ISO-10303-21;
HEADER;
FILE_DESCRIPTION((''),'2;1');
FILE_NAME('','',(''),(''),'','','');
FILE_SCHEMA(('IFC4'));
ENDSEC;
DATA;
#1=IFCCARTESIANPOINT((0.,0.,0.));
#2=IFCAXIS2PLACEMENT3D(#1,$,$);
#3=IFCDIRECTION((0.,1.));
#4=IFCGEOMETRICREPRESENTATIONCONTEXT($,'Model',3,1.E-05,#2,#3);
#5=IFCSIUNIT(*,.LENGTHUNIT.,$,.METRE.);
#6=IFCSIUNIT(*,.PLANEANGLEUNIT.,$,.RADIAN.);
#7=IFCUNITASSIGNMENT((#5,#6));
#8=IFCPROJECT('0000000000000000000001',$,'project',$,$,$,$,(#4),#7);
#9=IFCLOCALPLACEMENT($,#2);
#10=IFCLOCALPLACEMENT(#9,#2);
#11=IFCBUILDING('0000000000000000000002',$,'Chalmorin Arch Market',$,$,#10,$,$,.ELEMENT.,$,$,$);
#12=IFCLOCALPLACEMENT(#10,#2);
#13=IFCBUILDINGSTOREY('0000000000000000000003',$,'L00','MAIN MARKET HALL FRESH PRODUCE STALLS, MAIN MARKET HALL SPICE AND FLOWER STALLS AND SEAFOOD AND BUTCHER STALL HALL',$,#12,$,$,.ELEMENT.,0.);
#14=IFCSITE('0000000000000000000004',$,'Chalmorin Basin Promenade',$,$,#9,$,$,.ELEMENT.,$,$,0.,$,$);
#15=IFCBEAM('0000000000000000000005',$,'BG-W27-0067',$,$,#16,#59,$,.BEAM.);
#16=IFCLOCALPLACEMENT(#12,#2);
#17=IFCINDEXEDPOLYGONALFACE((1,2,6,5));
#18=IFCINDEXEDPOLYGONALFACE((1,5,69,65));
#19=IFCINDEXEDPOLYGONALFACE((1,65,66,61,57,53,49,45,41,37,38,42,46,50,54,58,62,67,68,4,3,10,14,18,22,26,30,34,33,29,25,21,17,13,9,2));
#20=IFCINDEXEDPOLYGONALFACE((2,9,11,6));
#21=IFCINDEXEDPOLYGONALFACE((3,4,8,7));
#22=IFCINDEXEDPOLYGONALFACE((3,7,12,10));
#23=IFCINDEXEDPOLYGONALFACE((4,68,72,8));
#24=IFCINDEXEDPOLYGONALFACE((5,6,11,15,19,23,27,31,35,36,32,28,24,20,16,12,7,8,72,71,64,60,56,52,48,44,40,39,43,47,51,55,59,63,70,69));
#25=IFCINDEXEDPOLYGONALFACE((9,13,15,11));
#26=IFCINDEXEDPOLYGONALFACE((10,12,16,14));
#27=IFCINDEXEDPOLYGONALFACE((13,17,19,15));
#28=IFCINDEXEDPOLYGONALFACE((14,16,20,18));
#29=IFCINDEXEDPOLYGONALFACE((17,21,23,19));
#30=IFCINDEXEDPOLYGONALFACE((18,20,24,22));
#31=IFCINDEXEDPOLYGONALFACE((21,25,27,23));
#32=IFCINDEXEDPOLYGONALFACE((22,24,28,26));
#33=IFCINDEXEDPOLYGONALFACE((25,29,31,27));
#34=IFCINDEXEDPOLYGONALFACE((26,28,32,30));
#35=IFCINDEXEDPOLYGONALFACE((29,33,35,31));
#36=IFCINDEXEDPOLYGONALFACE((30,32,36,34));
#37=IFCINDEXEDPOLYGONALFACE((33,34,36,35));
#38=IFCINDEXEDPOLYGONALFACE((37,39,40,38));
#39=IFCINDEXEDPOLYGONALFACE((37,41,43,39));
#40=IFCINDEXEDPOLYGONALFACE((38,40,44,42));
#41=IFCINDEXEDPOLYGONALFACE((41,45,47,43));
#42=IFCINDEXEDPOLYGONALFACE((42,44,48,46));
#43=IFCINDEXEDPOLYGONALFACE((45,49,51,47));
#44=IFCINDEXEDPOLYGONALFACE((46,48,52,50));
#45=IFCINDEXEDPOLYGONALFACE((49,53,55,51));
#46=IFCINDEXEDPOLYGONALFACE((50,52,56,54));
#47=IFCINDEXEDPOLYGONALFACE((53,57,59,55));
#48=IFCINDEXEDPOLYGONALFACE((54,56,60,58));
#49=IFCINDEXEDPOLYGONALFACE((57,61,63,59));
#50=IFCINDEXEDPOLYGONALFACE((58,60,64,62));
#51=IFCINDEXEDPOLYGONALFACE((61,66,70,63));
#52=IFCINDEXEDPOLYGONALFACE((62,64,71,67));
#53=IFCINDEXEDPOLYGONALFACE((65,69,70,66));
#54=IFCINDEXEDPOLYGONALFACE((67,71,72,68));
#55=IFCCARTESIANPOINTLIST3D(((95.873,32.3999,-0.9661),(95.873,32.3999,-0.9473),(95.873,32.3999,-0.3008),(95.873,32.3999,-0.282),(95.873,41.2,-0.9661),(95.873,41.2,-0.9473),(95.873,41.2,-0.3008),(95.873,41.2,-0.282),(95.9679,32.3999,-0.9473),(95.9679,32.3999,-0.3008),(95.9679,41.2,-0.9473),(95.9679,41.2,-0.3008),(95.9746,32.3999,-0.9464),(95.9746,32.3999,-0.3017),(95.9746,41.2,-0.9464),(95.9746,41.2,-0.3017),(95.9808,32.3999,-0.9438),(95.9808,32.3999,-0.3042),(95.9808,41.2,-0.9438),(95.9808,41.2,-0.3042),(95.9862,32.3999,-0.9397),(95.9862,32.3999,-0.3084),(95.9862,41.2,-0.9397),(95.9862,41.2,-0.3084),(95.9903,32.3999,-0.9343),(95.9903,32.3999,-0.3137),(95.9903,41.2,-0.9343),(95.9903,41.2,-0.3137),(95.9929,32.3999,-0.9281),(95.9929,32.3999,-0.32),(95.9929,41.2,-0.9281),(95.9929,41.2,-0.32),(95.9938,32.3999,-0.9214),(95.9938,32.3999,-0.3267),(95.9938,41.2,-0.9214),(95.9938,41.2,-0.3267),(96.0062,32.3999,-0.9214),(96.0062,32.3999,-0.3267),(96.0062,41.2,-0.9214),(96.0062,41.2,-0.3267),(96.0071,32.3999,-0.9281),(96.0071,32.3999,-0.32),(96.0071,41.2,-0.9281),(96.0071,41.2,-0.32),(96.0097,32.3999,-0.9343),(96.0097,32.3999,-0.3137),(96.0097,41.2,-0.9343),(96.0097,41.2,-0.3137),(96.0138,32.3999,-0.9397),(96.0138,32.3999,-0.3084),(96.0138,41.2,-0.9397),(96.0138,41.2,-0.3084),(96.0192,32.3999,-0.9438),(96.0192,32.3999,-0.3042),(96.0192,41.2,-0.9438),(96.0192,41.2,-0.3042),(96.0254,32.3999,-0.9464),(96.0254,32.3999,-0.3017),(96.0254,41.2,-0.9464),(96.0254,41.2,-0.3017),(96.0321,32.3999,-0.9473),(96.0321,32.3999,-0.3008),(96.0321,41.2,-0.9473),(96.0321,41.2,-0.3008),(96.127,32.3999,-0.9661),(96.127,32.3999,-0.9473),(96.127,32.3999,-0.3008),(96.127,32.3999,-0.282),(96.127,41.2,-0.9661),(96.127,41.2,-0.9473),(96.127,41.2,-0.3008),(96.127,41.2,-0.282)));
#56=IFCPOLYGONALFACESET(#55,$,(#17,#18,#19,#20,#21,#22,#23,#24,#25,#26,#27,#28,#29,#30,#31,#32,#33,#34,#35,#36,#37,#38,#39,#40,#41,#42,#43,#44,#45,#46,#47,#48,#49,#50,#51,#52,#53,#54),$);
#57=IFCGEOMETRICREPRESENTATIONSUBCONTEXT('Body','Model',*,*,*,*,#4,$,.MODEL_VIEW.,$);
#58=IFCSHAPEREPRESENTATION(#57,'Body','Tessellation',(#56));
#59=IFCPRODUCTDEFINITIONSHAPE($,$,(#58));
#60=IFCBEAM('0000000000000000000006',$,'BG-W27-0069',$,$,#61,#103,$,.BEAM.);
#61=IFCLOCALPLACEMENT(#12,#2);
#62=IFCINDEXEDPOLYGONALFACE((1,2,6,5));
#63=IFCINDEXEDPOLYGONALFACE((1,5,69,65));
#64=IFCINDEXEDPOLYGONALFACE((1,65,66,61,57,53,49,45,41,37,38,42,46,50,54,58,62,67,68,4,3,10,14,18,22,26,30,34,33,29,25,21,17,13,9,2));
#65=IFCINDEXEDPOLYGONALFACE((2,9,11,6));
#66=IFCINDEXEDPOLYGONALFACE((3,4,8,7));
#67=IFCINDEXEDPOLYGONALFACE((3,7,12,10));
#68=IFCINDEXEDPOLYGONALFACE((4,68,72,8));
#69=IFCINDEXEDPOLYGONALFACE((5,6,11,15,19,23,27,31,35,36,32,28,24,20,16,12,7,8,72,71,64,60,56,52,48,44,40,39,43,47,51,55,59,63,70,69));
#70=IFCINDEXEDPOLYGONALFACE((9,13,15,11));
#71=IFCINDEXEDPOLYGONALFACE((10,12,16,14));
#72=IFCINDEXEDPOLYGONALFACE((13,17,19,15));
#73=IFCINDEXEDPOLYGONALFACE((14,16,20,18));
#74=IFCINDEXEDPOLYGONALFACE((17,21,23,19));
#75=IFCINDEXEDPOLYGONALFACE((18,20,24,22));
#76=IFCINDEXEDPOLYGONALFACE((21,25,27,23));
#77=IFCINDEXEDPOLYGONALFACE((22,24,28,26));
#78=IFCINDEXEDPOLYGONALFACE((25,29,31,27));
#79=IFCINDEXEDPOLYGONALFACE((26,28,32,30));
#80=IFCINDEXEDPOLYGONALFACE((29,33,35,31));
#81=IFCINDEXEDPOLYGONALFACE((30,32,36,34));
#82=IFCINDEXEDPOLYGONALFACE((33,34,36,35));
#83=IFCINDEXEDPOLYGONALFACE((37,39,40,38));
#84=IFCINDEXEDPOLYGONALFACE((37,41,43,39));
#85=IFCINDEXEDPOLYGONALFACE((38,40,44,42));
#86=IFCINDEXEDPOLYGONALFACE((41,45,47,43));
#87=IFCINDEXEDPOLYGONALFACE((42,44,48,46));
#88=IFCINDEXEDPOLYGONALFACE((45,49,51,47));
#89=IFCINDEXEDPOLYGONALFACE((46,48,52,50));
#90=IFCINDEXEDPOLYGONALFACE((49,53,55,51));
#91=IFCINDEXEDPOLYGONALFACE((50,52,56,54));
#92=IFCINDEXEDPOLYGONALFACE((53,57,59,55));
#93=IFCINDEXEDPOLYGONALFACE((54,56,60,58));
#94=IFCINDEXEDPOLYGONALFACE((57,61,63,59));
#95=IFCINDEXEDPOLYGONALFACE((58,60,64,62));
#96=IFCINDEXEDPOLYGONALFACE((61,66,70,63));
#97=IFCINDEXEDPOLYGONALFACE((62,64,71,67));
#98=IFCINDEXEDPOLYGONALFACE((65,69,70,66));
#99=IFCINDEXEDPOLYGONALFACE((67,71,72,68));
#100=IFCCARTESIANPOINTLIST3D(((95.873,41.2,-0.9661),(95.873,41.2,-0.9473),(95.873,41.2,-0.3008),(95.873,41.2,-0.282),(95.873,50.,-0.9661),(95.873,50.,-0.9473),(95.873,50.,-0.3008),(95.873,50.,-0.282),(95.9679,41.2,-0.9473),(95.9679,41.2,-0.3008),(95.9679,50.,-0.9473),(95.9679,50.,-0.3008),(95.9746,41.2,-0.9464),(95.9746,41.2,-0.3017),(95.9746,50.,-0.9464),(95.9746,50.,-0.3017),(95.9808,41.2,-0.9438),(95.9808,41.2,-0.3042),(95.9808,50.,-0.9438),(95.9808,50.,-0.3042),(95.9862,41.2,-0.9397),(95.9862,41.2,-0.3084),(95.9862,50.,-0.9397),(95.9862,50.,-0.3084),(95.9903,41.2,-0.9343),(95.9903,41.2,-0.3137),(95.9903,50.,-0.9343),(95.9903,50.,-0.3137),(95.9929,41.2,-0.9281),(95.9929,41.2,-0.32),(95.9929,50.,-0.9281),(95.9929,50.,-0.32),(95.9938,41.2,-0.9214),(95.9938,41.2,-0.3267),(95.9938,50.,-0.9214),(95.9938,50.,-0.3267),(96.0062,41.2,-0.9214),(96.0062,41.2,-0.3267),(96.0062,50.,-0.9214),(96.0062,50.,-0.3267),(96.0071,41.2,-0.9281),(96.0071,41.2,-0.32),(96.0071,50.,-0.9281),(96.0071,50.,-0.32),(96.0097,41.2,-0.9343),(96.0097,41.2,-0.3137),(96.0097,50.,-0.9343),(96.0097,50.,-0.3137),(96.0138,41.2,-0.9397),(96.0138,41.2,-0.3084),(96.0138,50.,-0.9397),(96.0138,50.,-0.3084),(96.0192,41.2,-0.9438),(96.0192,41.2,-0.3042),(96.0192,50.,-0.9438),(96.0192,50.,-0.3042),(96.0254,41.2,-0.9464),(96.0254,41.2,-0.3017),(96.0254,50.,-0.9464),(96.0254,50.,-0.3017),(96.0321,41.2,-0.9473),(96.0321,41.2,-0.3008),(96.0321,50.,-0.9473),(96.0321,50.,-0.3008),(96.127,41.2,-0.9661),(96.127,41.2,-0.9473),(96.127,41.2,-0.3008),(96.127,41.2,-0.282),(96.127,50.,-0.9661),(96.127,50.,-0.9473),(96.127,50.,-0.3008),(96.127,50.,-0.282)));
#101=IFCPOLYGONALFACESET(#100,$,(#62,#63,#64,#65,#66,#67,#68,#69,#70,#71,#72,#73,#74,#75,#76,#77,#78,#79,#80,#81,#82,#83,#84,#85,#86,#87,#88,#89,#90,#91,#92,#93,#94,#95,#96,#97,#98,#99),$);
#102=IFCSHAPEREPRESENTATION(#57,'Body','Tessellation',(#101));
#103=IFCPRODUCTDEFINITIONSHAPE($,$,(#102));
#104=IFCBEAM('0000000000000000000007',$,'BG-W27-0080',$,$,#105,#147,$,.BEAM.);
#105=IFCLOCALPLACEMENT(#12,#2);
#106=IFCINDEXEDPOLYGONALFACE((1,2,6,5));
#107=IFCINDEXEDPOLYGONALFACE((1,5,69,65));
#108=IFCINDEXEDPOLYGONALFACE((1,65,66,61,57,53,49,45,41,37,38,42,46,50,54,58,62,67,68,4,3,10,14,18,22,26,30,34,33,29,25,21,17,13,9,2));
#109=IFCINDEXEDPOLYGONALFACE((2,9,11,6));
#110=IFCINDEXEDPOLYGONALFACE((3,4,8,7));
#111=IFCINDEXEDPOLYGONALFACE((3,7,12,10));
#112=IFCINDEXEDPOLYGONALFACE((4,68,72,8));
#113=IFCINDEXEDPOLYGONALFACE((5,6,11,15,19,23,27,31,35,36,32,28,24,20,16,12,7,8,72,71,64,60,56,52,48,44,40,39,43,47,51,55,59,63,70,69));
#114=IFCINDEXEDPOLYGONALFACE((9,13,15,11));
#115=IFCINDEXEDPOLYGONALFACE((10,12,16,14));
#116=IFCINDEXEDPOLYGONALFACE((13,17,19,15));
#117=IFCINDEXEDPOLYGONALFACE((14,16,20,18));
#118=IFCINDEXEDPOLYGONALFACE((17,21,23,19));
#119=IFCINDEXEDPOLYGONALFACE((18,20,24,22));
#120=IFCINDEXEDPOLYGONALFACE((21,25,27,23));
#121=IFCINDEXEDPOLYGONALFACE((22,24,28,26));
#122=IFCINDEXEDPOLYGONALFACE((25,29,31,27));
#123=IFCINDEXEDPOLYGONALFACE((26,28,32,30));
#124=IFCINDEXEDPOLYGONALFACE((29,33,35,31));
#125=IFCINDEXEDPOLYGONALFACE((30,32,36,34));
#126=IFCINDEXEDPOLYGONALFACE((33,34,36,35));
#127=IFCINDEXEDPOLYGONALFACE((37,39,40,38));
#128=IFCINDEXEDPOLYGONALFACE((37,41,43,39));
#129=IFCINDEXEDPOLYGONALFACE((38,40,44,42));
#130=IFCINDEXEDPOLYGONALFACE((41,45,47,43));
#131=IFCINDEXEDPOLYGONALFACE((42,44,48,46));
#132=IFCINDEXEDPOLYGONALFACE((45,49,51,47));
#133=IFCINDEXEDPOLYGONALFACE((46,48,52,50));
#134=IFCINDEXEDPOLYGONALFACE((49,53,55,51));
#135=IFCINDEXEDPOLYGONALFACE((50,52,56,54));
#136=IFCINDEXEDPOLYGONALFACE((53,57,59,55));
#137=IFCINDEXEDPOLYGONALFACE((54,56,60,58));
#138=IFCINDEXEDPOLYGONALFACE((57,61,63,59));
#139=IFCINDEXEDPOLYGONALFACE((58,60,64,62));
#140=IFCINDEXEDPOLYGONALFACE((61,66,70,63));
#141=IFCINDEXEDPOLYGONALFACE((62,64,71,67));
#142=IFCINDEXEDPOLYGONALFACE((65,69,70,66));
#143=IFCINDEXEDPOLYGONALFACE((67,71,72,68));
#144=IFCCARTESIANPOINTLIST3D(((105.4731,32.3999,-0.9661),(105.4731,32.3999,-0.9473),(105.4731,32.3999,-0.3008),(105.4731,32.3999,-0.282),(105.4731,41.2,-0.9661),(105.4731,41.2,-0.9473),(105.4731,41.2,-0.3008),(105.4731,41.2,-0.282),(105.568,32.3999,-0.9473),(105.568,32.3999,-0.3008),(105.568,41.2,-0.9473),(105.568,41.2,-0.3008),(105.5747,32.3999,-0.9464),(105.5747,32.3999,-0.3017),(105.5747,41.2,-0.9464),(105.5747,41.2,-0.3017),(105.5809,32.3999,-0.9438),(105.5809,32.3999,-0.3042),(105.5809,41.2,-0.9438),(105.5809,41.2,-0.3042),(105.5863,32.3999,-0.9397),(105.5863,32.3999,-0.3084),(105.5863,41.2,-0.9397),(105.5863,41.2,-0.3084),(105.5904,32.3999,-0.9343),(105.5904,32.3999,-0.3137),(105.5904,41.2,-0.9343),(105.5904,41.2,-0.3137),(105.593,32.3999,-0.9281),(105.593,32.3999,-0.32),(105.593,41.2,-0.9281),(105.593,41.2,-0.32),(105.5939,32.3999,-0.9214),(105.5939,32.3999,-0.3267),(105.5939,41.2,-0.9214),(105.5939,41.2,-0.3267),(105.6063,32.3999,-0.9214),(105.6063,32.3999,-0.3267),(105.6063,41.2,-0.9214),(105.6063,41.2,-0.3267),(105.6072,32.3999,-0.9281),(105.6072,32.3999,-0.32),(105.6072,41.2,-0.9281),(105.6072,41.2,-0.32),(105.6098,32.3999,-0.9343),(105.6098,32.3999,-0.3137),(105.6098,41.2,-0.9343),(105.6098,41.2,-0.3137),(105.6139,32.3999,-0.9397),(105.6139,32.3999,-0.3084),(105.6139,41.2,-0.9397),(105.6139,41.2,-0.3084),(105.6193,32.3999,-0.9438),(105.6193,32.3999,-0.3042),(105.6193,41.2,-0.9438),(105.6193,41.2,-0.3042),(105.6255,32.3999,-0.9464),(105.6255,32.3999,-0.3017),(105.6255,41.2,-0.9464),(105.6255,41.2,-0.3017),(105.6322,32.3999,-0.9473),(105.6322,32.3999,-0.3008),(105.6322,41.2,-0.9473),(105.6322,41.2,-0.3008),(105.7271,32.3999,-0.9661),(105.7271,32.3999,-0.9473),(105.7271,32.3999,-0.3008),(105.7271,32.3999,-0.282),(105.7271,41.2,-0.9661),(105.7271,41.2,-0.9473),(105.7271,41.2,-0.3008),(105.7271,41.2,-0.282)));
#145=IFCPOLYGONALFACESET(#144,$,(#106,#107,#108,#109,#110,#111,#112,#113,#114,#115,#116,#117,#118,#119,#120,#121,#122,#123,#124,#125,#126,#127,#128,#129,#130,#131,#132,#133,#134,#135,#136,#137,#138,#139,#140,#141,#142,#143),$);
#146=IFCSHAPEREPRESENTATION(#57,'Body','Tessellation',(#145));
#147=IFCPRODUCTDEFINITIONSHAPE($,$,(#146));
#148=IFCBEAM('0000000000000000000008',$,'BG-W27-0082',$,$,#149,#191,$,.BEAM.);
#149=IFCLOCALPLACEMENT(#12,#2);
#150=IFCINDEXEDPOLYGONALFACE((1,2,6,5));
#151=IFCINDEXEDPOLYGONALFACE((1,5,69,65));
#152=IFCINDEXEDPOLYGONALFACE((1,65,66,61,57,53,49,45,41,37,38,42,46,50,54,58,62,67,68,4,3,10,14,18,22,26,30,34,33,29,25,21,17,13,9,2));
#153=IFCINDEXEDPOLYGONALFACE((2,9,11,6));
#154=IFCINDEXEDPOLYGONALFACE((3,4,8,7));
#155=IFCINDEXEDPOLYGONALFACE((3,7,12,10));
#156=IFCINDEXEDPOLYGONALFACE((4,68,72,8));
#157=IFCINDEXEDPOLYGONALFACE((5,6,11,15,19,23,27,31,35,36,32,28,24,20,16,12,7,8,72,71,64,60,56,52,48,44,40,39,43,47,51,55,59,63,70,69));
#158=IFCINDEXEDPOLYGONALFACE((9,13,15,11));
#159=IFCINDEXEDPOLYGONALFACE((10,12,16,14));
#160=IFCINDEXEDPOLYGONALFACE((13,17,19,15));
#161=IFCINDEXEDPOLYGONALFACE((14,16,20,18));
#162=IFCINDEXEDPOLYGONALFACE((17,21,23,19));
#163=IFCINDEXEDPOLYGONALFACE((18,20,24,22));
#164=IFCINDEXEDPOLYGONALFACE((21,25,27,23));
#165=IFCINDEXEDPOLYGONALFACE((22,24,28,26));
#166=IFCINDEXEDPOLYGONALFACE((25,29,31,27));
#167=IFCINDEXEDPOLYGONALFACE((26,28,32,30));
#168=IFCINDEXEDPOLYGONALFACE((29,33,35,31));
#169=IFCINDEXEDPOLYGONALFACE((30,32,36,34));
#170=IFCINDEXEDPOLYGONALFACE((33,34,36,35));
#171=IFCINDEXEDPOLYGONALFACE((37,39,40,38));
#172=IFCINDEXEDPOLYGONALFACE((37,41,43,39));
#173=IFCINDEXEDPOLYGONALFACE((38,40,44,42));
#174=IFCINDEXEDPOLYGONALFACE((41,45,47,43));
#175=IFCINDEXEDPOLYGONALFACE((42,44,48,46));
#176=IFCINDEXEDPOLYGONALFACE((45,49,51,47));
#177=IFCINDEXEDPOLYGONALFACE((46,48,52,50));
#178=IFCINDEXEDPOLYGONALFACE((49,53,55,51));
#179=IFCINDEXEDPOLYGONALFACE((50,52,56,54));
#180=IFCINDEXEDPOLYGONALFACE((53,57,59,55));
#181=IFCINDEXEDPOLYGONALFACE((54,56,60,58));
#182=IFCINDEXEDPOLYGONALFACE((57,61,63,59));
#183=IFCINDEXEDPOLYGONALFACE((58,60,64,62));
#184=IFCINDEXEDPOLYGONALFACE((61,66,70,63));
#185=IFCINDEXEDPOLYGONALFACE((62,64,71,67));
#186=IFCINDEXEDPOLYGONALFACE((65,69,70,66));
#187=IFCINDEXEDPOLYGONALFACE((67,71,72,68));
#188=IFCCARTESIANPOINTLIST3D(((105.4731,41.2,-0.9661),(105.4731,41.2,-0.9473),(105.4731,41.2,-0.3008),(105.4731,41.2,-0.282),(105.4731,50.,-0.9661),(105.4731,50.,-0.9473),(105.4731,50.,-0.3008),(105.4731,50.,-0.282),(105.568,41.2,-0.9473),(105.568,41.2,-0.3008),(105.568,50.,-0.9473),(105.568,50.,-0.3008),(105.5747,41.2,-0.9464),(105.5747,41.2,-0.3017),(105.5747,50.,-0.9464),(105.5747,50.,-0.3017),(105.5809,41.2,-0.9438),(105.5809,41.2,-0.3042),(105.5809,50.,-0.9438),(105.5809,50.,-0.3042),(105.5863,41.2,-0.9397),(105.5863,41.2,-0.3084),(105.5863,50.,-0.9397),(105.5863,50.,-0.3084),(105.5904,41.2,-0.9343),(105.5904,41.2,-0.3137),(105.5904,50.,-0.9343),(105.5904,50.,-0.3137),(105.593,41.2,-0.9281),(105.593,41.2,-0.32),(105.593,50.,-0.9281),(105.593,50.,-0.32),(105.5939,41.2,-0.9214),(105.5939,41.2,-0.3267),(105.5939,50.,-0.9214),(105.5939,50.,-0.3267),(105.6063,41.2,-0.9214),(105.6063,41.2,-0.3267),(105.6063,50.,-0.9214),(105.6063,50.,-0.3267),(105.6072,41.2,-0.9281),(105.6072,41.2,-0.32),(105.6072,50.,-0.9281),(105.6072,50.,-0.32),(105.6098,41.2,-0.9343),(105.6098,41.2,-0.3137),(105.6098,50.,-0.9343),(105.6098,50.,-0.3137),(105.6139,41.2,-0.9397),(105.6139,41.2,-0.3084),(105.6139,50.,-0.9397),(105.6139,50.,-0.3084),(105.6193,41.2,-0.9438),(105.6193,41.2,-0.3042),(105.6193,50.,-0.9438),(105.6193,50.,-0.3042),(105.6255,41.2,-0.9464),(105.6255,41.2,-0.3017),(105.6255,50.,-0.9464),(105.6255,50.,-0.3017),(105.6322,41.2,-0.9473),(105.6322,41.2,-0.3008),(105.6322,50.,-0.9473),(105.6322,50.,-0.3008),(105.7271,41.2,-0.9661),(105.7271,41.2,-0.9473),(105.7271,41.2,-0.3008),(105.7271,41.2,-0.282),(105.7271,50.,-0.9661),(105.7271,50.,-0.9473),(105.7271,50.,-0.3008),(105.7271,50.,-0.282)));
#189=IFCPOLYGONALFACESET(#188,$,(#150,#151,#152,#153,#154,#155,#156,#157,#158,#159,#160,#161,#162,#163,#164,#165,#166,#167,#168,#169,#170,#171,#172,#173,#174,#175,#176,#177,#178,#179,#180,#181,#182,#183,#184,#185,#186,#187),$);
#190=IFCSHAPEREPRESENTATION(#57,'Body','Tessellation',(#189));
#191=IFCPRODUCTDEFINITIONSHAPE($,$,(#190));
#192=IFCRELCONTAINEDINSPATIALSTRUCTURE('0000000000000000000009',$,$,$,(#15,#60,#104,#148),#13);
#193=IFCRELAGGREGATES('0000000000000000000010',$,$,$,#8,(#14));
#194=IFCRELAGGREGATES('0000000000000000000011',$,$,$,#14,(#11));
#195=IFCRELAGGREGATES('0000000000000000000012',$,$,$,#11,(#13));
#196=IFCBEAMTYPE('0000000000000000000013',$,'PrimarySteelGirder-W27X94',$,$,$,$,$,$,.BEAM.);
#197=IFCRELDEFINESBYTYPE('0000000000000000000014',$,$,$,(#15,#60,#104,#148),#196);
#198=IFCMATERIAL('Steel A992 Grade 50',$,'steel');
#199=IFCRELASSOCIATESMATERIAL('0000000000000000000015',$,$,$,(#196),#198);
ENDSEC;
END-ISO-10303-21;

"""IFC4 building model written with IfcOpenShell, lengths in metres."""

from ifc_helpers import new_model, si_unit, direction, frame, origin, origin_2d, place, context, subcontext, project, spatial, i_section, extrude, material, material_profile, profile_set, type_object, element, save


model = new_model("IFC4")

# Units and contexts
model_context = context("Model", 3, precision=1e-05, world=origin(), true_north=direction((0.0, 1.0)))
body_context = subcontext(model_context, "Body", "Model", "MODEL_VIEW")
ifc_project = project(units=[si_unit("LENGTHUNIT", "METRE"), si_unit("PLANEANGLEUNIT", "RADIAN")], contexts=[model_context])

# Site, building, storey
site_placement = place(None, origin())
site = spatial("IfcSite", under=ifc_project, at=site_placement, Name="Chalmorin Basin Promenade", CompositionType="ELEMENT", RefElevation=0.0)
building_placement = place(site_placement, origin())
building = spatial("IfcBuilding", under=site, at=building_placement, Name="Chalmorin Arch Market", CompositionType="ELEMENT")
storey_placement = place(building_placement, origin())
storey = spatial("IfcBuildingStorey", under=building, at=storey_placement, Name="L00", Description="MAIN MARKET HALL FRESH PRODUCE STALLS, MAIN MARKET HALL SPICE AND FLOWER STALLS AND SEAFOOD AND BUTCHER STALL HALL", CompositionType="ELEMENT", Elevation=0.0)

# Beams
ifc_material_1 = material(Name="Steel A992 Grade 50", Category="steel")
ifc_material_profile_1 = material_profile(ifc_material_1, i_section(OverallWidth=0.2539, OverallDepth=0.6841, WebThickness=0.0125, FlangeThickness=0.0188, FilletRadius=0.0259, at=origin_2d()), Name="W27X94")
ifc_profile_set_1 = profile_set([ifc_material_profile_1], Name="Steel A992 Grade 50")
beam_type_1 = type_object("IfcBeamType", Name="PrimarySteelGirder-W27X94", PredefinedType="BEAM", material=ifc_profile_set_1)
for number, where, z_axis, x_axis, name in (
    (1, (96.0, 32.3999, -0.624), (0.0, 1.0, 0.0), (-1.0, 0.0, 0.0), "BG-W27-0067"),
    (2, (96.0, 41.2, -0.624), (0.0, 1.0, 0.0), (-1.0, 0.0, 0.0), "BG-W27-0069"),
    (3, (105.6001, 32.3999, -0.624), (0.0, 1.0, 0.0), (-1.0, 0.0, 0.0), "BG-W27-0080"),
    (4, (105.6001, 41.2, -0.624), (0.0, 1.0, 0.0), (-1.0, 0.0, 0.0), "BG-W27-0082"),
):
    element("IfcBeam", number, at=place(storey_placement, frame(where, z_axis=z_axis, x_axis=x_axis)), inside=storey, type_object=beam_type_1, Name=name, PredefinedType="BEAM", context=body_context, shape_type="SweptSolid", body=[
        extrude(i_section(OverallWidth=0.2539, OverallDepth=0.6841, WebThickness=0.0125, FlangeThickness=0.0188, FilletRadius=0.0259, at=origin_2d()), origin(), (0.0, 0.0, 1.0), 8.8),
    ])

save(model, "model.ifc")
